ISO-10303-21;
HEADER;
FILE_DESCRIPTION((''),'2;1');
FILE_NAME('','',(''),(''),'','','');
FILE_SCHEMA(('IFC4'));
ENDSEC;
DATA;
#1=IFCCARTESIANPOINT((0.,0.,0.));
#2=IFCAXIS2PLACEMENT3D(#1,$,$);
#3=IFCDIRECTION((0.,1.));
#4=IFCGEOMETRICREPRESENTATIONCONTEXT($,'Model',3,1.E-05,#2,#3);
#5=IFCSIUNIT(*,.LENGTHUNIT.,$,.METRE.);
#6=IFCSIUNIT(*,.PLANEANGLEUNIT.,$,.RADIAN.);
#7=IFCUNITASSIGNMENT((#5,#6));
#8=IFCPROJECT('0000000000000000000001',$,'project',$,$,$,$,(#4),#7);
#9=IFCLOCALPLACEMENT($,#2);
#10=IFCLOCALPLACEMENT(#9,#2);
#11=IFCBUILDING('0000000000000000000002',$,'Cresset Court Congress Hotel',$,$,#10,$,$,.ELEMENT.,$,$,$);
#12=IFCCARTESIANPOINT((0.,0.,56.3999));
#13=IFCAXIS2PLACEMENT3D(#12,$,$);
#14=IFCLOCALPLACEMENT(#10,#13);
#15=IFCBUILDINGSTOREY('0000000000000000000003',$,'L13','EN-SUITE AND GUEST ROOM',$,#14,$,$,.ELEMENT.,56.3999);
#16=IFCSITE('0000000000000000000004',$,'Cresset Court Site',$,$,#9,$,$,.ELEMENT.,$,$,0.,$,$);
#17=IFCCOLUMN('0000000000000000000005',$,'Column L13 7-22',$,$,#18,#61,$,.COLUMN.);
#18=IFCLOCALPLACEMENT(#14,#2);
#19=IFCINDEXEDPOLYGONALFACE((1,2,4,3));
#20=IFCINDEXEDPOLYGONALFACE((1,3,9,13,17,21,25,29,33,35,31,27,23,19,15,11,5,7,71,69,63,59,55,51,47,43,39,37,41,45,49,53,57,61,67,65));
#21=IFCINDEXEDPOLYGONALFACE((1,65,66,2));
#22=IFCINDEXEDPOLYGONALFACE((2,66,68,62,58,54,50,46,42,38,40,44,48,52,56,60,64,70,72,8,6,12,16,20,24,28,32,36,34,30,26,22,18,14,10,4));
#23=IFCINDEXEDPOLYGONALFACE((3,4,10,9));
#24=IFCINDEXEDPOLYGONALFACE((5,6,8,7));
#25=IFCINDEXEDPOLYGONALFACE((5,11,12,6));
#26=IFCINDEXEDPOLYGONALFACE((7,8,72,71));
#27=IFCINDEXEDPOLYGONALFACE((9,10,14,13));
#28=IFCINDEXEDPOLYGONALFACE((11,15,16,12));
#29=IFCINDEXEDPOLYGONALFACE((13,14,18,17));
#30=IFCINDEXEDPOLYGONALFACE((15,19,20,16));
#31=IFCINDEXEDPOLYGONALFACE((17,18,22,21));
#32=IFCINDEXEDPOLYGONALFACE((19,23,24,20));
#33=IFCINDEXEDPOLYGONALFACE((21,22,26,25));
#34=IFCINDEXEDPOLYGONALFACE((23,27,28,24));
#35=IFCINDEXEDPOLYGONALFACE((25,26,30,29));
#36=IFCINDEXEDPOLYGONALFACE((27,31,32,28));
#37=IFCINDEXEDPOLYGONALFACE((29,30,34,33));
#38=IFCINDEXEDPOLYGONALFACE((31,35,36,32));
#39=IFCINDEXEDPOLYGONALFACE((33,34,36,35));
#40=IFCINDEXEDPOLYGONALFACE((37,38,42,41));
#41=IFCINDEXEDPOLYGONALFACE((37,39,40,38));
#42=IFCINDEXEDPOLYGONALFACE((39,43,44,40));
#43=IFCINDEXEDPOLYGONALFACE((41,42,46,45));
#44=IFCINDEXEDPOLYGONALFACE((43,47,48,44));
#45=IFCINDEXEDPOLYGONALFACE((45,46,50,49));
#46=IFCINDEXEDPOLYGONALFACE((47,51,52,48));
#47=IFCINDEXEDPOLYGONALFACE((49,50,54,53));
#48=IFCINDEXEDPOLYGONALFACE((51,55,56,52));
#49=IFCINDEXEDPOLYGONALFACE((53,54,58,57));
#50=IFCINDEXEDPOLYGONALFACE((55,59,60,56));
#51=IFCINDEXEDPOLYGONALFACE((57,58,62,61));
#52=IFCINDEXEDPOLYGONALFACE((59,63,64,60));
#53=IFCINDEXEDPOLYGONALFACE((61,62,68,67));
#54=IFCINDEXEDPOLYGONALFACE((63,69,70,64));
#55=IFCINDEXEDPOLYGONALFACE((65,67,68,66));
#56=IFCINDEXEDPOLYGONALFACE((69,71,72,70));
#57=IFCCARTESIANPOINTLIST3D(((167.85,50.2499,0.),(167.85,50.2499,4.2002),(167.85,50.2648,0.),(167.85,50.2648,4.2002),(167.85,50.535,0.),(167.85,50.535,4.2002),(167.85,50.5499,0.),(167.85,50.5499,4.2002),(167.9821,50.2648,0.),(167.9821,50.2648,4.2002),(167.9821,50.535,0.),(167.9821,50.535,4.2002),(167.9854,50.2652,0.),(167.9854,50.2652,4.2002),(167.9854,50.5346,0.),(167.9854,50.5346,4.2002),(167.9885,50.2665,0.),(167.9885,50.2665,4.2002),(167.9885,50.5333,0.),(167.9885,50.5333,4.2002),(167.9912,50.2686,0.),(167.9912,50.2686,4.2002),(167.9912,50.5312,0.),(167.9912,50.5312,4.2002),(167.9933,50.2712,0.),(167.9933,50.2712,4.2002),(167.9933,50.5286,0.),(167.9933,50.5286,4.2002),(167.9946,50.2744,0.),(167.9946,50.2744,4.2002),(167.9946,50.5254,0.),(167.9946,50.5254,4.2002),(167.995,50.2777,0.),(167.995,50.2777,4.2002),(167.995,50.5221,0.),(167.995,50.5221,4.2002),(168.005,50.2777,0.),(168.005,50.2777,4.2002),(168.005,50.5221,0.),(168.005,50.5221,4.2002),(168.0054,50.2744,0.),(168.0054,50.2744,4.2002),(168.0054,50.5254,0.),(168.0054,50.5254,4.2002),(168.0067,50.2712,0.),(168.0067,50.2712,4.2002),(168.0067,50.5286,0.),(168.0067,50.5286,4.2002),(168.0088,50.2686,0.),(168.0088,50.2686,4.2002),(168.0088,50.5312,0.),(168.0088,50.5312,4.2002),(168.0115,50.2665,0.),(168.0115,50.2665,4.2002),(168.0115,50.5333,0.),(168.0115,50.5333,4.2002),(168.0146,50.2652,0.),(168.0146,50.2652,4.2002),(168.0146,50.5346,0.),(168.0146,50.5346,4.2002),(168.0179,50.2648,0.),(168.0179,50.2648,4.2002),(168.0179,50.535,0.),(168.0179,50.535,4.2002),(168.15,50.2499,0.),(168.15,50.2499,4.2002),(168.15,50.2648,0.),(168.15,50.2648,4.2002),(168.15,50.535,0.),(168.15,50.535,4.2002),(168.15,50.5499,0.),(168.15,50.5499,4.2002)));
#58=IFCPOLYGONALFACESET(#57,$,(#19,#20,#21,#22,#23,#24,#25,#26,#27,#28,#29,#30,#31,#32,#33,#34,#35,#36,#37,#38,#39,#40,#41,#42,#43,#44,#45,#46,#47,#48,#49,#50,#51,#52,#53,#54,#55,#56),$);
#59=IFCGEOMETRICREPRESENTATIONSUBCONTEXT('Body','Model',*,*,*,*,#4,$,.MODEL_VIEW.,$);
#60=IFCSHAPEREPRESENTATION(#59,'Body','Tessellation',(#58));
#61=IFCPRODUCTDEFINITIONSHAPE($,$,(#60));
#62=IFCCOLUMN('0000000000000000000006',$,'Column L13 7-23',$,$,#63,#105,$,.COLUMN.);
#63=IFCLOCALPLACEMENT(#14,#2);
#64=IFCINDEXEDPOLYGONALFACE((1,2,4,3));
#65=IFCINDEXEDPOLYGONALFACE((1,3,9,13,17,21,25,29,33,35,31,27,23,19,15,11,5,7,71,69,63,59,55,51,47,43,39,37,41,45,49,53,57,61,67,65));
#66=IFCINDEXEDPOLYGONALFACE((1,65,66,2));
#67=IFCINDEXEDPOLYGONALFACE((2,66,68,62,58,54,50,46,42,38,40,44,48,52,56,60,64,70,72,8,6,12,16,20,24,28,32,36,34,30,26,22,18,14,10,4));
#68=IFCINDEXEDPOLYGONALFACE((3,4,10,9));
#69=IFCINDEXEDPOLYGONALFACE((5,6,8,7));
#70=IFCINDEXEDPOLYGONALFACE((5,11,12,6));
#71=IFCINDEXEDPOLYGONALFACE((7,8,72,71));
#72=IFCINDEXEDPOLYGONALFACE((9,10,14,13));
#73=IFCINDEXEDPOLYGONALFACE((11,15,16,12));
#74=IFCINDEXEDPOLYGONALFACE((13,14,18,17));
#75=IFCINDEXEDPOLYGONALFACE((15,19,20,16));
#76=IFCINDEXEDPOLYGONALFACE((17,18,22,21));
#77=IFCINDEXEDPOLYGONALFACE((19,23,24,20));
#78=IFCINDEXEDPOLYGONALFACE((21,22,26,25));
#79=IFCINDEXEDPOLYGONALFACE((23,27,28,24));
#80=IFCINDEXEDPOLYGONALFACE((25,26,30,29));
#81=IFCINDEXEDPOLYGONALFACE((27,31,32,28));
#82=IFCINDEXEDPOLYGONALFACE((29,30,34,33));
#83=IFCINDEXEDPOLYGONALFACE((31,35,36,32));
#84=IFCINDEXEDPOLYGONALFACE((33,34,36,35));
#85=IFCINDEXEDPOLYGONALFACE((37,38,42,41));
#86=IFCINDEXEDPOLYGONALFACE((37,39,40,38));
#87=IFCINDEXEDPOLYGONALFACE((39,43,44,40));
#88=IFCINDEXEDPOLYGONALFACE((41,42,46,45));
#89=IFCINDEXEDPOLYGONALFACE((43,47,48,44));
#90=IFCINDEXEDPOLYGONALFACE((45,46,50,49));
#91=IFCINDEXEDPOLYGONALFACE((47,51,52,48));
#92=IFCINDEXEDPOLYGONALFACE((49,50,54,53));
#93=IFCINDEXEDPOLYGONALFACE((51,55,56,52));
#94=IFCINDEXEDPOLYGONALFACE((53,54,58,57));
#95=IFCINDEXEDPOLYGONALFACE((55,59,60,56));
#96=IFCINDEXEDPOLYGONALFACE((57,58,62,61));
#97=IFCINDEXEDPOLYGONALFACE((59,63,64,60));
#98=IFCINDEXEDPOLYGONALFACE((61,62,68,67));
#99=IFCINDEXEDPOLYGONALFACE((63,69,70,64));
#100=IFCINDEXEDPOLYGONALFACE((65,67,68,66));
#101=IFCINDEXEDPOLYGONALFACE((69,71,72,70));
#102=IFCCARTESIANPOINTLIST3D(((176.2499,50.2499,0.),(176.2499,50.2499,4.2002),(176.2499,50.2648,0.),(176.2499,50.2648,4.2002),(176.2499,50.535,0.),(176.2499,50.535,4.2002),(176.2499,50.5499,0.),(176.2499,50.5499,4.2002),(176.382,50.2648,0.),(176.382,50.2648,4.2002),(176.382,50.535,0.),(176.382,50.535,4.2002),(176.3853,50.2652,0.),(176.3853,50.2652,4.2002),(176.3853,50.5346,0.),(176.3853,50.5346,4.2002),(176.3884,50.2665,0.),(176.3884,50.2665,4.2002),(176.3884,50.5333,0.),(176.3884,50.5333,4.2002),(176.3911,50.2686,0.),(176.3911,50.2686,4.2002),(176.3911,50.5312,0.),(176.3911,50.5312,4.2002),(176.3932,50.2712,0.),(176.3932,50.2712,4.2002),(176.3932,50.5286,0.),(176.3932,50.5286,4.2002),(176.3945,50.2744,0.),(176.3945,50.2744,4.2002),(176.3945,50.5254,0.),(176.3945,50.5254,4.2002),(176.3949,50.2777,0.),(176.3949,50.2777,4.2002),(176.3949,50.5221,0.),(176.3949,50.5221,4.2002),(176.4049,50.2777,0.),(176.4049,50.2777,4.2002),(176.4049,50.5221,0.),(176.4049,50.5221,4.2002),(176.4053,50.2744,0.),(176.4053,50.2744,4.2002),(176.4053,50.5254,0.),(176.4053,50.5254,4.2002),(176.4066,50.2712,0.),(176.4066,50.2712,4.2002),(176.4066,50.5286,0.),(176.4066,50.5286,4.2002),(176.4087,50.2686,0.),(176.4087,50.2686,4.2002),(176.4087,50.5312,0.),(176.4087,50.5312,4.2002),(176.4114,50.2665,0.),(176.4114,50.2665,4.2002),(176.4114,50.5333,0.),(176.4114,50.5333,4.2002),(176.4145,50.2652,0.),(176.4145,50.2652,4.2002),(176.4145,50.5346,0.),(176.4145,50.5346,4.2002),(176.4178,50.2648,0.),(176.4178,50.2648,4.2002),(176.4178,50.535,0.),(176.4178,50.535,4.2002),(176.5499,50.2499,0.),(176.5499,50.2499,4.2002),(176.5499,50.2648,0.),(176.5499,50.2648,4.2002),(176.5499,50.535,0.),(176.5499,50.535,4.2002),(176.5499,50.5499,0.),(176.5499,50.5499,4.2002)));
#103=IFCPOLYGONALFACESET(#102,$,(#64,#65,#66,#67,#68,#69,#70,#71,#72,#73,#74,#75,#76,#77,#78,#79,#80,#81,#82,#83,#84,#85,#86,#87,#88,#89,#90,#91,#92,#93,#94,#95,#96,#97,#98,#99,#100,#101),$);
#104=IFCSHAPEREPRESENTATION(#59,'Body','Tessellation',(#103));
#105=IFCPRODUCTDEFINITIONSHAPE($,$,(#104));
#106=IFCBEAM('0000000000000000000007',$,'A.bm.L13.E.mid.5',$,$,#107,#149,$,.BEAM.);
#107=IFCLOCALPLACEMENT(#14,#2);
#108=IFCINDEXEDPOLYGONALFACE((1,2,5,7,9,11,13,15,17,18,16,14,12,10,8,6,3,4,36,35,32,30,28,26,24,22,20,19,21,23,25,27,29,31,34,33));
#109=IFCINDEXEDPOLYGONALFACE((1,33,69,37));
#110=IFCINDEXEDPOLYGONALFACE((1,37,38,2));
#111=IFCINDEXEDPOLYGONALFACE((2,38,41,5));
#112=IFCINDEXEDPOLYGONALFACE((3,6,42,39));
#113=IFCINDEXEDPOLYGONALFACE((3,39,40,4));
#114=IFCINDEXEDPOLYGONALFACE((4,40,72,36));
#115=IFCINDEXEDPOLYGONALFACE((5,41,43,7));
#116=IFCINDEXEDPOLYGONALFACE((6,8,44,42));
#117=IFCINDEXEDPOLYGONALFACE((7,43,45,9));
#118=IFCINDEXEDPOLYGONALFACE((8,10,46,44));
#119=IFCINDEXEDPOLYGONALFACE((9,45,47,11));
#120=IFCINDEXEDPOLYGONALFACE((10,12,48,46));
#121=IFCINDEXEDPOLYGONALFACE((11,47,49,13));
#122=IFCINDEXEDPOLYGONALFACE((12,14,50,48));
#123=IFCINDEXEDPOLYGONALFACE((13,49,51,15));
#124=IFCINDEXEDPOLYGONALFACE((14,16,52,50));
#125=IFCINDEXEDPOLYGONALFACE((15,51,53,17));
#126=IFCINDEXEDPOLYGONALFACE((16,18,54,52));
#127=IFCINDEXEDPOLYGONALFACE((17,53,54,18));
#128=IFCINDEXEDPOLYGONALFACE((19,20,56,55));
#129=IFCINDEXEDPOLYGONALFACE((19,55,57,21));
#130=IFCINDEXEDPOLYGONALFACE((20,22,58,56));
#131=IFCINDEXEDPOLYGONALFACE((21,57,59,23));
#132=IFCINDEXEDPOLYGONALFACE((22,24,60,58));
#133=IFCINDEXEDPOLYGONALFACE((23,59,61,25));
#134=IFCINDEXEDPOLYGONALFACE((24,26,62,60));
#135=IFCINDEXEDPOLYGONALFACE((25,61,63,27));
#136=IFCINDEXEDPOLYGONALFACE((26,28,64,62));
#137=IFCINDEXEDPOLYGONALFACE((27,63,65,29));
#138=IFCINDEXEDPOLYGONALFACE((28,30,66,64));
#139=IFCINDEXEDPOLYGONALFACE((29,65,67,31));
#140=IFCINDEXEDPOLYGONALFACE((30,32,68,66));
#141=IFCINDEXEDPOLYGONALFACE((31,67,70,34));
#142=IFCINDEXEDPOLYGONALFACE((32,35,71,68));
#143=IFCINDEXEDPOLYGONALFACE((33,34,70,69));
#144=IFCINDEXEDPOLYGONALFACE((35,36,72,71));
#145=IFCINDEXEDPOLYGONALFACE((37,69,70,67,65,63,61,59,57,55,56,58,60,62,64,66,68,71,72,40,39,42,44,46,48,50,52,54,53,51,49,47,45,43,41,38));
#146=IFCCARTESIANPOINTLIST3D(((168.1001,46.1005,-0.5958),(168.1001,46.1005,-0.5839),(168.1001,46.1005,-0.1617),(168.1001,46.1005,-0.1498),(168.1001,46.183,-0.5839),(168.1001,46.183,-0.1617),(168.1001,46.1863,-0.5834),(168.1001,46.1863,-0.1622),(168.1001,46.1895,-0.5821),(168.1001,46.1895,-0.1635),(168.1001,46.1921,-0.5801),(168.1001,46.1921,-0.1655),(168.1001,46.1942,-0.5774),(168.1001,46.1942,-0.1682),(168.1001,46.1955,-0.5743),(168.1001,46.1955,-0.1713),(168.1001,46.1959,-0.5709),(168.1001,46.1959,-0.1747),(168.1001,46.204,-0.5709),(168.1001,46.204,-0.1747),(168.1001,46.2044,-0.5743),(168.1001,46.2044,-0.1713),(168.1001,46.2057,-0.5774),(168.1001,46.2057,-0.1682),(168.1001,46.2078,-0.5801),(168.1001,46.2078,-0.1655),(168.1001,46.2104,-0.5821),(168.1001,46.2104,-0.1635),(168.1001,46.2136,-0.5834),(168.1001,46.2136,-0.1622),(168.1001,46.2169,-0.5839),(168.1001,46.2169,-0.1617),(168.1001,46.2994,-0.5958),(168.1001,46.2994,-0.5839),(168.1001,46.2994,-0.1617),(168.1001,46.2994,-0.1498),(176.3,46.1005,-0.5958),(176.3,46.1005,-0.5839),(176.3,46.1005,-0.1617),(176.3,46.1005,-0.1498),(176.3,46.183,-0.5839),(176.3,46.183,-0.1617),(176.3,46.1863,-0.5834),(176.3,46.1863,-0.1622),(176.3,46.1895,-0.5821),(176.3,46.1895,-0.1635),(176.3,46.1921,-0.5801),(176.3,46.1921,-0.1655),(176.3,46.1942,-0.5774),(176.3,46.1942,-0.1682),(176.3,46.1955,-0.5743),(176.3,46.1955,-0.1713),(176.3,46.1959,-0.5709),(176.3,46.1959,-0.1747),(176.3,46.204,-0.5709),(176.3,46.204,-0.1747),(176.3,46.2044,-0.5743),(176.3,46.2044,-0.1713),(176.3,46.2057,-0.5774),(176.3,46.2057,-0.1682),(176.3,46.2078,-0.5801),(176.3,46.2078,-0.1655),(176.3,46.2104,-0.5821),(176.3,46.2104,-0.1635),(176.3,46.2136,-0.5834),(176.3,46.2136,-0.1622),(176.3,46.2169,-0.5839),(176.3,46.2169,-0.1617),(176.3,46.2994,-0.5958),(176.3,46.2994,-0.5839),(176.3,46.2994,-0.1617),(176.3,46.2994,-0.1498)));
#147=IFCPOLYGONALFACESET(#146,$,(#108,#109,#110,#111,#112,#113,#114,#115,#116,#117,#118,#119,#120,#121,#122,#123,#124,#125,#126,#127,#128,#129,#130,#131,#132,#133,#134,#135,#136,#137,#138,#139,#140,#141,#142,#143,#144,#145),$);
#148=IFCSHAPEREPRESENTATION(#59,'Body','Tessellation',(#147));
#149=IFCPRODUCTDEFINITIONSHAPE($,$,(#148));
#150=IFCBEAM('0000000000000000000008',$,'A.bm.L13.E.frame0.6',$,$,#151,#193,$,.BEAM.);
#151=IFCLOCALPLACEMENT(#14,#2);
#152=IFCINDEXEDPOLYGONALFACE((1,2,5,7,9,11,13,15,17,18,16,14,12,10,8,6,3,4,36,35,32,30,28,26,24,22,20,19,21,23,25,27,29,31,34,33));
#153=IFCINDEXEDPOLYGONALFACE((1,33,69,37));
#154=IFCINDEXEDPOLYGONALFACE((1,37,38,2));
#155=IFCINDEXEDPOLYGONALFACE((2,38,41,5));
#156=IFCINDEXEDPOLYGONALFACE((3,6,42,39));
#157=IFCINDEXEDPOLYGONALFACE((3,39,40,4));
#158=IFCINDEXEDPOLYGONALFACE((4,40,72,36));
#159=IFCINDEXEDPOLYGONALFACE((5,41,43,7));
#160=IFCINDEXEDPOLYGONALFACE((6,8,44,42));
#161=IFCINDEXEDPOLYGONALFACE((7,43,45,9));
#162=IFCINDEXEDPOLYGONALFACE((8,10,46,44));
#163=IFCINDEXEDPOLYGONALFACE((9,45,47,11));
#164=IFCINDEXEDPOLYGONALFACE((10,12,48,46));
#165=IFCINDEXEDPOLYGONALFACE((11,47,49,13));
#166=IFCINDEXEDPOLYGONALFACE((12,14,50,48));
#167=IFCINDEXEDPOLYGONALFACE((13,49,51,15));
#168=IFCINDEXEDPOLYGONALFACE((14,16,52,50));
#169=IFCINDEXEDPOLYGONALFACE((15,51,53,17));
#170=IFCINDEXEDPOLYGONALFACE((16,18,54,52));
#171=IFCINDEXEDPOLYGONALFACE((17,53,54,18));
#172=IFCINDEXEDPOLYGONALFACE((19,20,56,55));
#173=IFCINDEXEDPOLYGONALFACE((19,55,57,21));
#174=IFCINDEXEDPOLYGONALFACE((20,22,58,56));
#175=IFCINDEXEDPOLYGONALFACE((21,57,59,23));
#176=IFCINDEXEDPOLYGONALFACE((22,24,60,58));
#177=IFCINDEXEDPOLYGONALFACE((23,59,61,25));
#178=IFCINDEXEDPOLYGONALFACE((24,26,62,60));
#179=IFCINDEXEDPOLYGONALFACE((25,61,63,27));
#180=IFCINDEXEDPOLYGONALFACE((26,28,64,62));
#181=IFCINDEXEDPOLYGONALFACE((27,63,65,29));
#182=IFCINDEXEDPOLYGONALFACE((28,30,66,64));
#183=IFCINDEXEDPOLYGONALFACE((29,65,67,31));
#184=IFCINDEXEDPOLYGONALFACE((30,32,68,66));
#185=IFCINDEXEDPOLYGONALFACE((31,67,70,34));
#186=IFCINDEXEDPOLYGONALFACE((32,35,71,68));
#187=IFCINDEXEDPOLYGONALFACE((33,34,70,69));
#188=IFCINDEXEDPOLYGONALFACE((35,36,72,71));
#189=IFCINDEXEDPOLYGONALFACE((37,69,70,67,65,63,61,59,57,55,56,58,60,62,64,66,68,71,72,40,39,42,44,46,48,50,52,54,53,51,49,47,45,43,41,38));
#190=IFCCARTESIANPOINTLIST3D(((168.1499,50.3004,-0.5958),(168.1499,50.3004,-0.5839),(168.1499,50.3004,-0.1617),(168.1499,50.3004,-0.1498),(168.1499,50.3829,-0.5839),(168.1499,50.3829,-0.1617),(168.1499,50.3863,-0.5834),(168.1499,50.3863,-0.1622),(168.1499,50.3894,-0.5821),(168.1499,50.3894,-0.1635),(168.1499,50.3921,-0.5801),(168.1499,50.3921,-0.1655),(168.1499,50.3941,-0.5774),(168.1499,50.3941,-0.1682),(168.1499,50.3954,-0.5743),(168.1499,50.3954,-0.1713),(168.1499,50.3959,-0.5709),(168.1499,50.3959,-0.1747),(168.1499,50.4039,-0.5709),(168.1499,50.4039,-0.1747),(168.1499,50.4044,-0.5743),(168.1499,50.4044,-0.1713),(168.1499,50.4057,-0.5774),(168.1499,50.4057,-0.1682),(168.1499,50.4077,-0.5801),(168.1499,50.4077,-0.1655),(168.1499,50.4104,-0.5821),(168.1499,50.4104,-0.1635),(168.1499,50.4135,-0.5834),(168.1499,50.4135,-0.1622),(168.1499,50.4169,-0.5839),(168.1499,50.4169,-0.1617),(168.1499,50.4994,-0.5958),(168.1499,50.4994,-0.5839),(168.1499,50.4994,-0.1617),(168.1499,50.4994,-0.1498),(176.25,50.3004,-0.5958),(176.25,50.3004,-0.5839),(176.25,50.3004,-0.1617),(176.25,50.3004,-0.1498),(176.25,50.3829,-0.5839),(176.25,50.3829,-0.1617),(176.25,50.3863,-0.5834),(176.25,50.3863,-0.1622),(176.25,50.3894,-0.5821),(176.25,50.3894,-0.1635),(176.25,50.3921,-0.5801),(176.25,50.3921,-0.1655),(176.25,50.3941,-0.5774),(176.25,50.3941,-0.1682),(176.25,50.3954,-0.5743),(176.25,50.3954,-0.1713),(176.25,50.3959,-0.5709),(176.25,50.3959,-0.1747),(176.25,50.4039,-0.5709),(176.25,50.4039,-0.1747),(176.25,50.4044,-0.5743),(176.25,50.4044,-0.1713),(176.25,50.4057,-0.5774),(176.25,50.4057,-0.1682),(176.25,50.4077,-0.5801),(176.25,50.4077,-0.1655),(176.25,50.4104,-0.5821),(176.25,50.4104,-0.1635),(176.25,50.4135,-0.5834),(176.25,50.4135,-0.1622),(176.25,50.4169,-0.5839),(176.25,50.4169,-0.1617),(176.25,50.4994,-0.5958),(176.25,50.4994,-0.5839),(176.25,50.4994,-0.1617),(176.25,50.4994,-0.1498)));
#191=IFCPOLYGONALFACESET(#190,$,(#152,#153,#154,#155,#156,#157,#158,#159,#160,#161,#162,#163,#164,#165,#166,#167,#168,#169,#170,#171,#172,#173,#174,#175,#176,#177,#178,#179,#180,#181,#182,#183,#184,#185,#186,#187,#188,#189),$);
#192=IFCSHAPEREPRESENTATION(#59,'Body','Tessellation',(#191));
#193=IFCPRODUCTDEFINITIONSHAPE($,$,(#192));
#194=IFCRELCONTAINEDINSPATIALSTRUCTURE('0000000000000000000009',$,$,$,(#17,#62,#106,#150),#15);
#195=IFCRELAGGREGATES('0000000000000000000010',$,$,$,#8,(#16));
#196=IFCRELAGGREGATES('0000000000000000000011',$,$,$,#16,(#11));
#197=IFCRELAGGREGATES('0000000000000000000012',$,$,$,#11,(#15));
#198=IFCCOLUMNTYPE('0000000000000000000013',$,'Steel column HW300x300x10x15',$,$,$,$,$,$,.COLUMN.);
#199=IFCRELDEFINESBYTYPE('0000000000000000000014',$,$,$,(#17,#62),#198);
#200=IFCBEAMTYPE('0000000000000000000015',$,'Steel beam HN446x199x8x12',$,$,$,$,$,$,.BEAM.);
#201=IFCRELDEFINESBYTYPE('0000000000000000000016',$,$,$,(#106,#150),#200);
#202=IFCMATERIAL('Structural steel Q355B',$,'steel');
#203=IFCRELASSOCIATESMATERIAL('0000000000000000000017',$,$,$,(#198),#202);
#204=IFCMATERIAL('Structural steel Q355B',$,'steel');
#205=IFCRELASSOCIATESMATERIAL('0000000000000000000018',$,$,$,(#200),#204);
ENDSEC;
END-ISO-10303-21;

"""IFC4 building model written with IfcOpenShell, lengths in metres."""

from ifc_helpers import new_model, si_unit, direction, frame, origin, origin_2d, place, context, subcontext, project, spatial, i_section, extrude, material, material_profile, profile_set, type_object, element, save


model = new_model("IFC4")

# Units and contexts
model_context = context("Model", 3, precision=1e-05, world=origin(), true_north=direction((0.0, 1.0)))
body_context = subcontext(model_context, "Body", "Model", "MODEL_VIEW")
ifc_project = project(units=[si_unit("LENGTHUNIT", "METRE"), si_unit("PLANEANGLEUNIT", "RADIAN")], contexts=[model_context])

# Site, building, storey
site_placement = place(None, origin())
site = spatial("IfcSite", under=ifc_project, at=site_placement, Name="Cresset Court Site", CompositionType="ELEMENT", RefElevation=0.0)
building_placement = place(site_placement, origin())
building = spatial("IfcBuilding", under=site, at=building_placement, Name="Cresset Court Congress Hotel", CompositionType="ELEMENT")
storey_placement = place(building_placement, frame((0.0, 0.0, 56.3999)))
storey = spatial("IfcBuildingStorey", under=building, at=storey_placement, Name="L13", Description="EN-SUITE AND GUEST ROOM", CompositionType="ELEMENT", Elevation=56.3999)

# Columns
ifc_material_1 = material(Name="Structural steel Q355B", Category="steel")
ifc_material_profile_1 = material_profile(ifc_material_1, i_section(OverallWidth=0.3, OverallDepth=0.3, WebThickness=0.01, FlangeThickness=0.0149, FilletRadius=0.0129, at=origin_2d()), Name="HW300x300x10x15")
ifc_profile_set_1 = profile_set([ifc_material_profile_1], Name="Structural steel Q355B")
column_type = type_object("IfcColumnType", Name="Steel column HW300x300x10x15", PredefinedType="COLUMN", material=ifc_profile_set_1)
for number, where, z_axis, x_axis, name in (
    (1, (168.0, 50.3999, 0.0), (0.0, 0.0, 1.0), (1.0, 0.0, 0.0), "Column L13 7-22"),
    (2, (176.3999, 50.3999, 0.0), (0.0, 0.0, 1.0), (1.0, 0.0, 0.0), "Column L13 7-23"),
):
    element("IfcColumn", number, at=place(storey_placement, frame(where, z_axis=z_axis, x_axis=x_axis)), inside=storey, type_object=column_type, Name=name, PredefinedType="COLUMN", context=body_context, shape_type="SweptSolid", body=[
        extrude(i_section(OverallWidth=0.3, OverallDepth=0.3, WebThickness=0.01, FlangeThickness=0.0149, FilletRadius=0.0129, at=origin_2d()), origin(), (0.0, 0.0, 1.0), 4.2002),
    ])

# Beams
ifc_material_2 = material(Name="Structural steel Q355B", Category="steel")
ifc_material_profile_2 = material_profile(ifc_material_2, i_section(OverallWidth=0.199, OverallDepth=0.446, WebThickness=0.0081, FlangeThickness=0.012, FilletRadius=0.0129, at=origin_2d()), Name="HN446x199x8x12")
ifc_profile_set_2 = profile_set([ifc_material_profile_2], Name="Structural steel Q355B")
beam_type_1 = type_object("IfcBeamType", Name="Steel beam HN446x199x8x12", PredefinedType="BEAM", material=ifc_profile_set_2)
beam_1_placement = place(storey_placement, frame((168.1001, 46.2, -0.3728), z_axis=(1.0, 0.0, 0.0), x_axis=(0.0, 1.0, 0.0)))
element("IfcBeam", 3, at=beam_1_placement, inside=storey, type_object=beam_type_1, Name="A.bm.L13.E.mid.5", PredefinedType="BEAM", context=body_context, shape_type="SweptSolid", body=[
    extrude(i_section(OverallWidth=0.199, OverallDepth=0.446, WebThickness=0.0081, FlangeThickness=0.012, FilletRadius=0.0129, at=origin_2d()), origin(), (0.0, 0.0, 1.0), 8.2),
])
beam_2_placement = place(storey_placement, frame((168.1499, 50.3999, -0.3728), z_axis=(1.0, 0.0, 0.0), x_axis=(0.0, 1.0, 0.0)))
element("IfcBeam", 4, at=beam_2_placement, inside=storey, type_object=beam_type_1, Name="A.bm.L13.E.frame0.6", PredefinedType="BEAM", context=body_context, shape_type="SweptSolid", body=[
    extrude(i_section(OverallWidth=0.199, OverallDepth=0.446, WebThickness=0.0081, FlangeThickness=0.012, FilletRadius=0.0129, at=origin_2d()), origin(), (0.0, 0.0, 1.0), 8.1001),
])

save(model, "model.ifc")
